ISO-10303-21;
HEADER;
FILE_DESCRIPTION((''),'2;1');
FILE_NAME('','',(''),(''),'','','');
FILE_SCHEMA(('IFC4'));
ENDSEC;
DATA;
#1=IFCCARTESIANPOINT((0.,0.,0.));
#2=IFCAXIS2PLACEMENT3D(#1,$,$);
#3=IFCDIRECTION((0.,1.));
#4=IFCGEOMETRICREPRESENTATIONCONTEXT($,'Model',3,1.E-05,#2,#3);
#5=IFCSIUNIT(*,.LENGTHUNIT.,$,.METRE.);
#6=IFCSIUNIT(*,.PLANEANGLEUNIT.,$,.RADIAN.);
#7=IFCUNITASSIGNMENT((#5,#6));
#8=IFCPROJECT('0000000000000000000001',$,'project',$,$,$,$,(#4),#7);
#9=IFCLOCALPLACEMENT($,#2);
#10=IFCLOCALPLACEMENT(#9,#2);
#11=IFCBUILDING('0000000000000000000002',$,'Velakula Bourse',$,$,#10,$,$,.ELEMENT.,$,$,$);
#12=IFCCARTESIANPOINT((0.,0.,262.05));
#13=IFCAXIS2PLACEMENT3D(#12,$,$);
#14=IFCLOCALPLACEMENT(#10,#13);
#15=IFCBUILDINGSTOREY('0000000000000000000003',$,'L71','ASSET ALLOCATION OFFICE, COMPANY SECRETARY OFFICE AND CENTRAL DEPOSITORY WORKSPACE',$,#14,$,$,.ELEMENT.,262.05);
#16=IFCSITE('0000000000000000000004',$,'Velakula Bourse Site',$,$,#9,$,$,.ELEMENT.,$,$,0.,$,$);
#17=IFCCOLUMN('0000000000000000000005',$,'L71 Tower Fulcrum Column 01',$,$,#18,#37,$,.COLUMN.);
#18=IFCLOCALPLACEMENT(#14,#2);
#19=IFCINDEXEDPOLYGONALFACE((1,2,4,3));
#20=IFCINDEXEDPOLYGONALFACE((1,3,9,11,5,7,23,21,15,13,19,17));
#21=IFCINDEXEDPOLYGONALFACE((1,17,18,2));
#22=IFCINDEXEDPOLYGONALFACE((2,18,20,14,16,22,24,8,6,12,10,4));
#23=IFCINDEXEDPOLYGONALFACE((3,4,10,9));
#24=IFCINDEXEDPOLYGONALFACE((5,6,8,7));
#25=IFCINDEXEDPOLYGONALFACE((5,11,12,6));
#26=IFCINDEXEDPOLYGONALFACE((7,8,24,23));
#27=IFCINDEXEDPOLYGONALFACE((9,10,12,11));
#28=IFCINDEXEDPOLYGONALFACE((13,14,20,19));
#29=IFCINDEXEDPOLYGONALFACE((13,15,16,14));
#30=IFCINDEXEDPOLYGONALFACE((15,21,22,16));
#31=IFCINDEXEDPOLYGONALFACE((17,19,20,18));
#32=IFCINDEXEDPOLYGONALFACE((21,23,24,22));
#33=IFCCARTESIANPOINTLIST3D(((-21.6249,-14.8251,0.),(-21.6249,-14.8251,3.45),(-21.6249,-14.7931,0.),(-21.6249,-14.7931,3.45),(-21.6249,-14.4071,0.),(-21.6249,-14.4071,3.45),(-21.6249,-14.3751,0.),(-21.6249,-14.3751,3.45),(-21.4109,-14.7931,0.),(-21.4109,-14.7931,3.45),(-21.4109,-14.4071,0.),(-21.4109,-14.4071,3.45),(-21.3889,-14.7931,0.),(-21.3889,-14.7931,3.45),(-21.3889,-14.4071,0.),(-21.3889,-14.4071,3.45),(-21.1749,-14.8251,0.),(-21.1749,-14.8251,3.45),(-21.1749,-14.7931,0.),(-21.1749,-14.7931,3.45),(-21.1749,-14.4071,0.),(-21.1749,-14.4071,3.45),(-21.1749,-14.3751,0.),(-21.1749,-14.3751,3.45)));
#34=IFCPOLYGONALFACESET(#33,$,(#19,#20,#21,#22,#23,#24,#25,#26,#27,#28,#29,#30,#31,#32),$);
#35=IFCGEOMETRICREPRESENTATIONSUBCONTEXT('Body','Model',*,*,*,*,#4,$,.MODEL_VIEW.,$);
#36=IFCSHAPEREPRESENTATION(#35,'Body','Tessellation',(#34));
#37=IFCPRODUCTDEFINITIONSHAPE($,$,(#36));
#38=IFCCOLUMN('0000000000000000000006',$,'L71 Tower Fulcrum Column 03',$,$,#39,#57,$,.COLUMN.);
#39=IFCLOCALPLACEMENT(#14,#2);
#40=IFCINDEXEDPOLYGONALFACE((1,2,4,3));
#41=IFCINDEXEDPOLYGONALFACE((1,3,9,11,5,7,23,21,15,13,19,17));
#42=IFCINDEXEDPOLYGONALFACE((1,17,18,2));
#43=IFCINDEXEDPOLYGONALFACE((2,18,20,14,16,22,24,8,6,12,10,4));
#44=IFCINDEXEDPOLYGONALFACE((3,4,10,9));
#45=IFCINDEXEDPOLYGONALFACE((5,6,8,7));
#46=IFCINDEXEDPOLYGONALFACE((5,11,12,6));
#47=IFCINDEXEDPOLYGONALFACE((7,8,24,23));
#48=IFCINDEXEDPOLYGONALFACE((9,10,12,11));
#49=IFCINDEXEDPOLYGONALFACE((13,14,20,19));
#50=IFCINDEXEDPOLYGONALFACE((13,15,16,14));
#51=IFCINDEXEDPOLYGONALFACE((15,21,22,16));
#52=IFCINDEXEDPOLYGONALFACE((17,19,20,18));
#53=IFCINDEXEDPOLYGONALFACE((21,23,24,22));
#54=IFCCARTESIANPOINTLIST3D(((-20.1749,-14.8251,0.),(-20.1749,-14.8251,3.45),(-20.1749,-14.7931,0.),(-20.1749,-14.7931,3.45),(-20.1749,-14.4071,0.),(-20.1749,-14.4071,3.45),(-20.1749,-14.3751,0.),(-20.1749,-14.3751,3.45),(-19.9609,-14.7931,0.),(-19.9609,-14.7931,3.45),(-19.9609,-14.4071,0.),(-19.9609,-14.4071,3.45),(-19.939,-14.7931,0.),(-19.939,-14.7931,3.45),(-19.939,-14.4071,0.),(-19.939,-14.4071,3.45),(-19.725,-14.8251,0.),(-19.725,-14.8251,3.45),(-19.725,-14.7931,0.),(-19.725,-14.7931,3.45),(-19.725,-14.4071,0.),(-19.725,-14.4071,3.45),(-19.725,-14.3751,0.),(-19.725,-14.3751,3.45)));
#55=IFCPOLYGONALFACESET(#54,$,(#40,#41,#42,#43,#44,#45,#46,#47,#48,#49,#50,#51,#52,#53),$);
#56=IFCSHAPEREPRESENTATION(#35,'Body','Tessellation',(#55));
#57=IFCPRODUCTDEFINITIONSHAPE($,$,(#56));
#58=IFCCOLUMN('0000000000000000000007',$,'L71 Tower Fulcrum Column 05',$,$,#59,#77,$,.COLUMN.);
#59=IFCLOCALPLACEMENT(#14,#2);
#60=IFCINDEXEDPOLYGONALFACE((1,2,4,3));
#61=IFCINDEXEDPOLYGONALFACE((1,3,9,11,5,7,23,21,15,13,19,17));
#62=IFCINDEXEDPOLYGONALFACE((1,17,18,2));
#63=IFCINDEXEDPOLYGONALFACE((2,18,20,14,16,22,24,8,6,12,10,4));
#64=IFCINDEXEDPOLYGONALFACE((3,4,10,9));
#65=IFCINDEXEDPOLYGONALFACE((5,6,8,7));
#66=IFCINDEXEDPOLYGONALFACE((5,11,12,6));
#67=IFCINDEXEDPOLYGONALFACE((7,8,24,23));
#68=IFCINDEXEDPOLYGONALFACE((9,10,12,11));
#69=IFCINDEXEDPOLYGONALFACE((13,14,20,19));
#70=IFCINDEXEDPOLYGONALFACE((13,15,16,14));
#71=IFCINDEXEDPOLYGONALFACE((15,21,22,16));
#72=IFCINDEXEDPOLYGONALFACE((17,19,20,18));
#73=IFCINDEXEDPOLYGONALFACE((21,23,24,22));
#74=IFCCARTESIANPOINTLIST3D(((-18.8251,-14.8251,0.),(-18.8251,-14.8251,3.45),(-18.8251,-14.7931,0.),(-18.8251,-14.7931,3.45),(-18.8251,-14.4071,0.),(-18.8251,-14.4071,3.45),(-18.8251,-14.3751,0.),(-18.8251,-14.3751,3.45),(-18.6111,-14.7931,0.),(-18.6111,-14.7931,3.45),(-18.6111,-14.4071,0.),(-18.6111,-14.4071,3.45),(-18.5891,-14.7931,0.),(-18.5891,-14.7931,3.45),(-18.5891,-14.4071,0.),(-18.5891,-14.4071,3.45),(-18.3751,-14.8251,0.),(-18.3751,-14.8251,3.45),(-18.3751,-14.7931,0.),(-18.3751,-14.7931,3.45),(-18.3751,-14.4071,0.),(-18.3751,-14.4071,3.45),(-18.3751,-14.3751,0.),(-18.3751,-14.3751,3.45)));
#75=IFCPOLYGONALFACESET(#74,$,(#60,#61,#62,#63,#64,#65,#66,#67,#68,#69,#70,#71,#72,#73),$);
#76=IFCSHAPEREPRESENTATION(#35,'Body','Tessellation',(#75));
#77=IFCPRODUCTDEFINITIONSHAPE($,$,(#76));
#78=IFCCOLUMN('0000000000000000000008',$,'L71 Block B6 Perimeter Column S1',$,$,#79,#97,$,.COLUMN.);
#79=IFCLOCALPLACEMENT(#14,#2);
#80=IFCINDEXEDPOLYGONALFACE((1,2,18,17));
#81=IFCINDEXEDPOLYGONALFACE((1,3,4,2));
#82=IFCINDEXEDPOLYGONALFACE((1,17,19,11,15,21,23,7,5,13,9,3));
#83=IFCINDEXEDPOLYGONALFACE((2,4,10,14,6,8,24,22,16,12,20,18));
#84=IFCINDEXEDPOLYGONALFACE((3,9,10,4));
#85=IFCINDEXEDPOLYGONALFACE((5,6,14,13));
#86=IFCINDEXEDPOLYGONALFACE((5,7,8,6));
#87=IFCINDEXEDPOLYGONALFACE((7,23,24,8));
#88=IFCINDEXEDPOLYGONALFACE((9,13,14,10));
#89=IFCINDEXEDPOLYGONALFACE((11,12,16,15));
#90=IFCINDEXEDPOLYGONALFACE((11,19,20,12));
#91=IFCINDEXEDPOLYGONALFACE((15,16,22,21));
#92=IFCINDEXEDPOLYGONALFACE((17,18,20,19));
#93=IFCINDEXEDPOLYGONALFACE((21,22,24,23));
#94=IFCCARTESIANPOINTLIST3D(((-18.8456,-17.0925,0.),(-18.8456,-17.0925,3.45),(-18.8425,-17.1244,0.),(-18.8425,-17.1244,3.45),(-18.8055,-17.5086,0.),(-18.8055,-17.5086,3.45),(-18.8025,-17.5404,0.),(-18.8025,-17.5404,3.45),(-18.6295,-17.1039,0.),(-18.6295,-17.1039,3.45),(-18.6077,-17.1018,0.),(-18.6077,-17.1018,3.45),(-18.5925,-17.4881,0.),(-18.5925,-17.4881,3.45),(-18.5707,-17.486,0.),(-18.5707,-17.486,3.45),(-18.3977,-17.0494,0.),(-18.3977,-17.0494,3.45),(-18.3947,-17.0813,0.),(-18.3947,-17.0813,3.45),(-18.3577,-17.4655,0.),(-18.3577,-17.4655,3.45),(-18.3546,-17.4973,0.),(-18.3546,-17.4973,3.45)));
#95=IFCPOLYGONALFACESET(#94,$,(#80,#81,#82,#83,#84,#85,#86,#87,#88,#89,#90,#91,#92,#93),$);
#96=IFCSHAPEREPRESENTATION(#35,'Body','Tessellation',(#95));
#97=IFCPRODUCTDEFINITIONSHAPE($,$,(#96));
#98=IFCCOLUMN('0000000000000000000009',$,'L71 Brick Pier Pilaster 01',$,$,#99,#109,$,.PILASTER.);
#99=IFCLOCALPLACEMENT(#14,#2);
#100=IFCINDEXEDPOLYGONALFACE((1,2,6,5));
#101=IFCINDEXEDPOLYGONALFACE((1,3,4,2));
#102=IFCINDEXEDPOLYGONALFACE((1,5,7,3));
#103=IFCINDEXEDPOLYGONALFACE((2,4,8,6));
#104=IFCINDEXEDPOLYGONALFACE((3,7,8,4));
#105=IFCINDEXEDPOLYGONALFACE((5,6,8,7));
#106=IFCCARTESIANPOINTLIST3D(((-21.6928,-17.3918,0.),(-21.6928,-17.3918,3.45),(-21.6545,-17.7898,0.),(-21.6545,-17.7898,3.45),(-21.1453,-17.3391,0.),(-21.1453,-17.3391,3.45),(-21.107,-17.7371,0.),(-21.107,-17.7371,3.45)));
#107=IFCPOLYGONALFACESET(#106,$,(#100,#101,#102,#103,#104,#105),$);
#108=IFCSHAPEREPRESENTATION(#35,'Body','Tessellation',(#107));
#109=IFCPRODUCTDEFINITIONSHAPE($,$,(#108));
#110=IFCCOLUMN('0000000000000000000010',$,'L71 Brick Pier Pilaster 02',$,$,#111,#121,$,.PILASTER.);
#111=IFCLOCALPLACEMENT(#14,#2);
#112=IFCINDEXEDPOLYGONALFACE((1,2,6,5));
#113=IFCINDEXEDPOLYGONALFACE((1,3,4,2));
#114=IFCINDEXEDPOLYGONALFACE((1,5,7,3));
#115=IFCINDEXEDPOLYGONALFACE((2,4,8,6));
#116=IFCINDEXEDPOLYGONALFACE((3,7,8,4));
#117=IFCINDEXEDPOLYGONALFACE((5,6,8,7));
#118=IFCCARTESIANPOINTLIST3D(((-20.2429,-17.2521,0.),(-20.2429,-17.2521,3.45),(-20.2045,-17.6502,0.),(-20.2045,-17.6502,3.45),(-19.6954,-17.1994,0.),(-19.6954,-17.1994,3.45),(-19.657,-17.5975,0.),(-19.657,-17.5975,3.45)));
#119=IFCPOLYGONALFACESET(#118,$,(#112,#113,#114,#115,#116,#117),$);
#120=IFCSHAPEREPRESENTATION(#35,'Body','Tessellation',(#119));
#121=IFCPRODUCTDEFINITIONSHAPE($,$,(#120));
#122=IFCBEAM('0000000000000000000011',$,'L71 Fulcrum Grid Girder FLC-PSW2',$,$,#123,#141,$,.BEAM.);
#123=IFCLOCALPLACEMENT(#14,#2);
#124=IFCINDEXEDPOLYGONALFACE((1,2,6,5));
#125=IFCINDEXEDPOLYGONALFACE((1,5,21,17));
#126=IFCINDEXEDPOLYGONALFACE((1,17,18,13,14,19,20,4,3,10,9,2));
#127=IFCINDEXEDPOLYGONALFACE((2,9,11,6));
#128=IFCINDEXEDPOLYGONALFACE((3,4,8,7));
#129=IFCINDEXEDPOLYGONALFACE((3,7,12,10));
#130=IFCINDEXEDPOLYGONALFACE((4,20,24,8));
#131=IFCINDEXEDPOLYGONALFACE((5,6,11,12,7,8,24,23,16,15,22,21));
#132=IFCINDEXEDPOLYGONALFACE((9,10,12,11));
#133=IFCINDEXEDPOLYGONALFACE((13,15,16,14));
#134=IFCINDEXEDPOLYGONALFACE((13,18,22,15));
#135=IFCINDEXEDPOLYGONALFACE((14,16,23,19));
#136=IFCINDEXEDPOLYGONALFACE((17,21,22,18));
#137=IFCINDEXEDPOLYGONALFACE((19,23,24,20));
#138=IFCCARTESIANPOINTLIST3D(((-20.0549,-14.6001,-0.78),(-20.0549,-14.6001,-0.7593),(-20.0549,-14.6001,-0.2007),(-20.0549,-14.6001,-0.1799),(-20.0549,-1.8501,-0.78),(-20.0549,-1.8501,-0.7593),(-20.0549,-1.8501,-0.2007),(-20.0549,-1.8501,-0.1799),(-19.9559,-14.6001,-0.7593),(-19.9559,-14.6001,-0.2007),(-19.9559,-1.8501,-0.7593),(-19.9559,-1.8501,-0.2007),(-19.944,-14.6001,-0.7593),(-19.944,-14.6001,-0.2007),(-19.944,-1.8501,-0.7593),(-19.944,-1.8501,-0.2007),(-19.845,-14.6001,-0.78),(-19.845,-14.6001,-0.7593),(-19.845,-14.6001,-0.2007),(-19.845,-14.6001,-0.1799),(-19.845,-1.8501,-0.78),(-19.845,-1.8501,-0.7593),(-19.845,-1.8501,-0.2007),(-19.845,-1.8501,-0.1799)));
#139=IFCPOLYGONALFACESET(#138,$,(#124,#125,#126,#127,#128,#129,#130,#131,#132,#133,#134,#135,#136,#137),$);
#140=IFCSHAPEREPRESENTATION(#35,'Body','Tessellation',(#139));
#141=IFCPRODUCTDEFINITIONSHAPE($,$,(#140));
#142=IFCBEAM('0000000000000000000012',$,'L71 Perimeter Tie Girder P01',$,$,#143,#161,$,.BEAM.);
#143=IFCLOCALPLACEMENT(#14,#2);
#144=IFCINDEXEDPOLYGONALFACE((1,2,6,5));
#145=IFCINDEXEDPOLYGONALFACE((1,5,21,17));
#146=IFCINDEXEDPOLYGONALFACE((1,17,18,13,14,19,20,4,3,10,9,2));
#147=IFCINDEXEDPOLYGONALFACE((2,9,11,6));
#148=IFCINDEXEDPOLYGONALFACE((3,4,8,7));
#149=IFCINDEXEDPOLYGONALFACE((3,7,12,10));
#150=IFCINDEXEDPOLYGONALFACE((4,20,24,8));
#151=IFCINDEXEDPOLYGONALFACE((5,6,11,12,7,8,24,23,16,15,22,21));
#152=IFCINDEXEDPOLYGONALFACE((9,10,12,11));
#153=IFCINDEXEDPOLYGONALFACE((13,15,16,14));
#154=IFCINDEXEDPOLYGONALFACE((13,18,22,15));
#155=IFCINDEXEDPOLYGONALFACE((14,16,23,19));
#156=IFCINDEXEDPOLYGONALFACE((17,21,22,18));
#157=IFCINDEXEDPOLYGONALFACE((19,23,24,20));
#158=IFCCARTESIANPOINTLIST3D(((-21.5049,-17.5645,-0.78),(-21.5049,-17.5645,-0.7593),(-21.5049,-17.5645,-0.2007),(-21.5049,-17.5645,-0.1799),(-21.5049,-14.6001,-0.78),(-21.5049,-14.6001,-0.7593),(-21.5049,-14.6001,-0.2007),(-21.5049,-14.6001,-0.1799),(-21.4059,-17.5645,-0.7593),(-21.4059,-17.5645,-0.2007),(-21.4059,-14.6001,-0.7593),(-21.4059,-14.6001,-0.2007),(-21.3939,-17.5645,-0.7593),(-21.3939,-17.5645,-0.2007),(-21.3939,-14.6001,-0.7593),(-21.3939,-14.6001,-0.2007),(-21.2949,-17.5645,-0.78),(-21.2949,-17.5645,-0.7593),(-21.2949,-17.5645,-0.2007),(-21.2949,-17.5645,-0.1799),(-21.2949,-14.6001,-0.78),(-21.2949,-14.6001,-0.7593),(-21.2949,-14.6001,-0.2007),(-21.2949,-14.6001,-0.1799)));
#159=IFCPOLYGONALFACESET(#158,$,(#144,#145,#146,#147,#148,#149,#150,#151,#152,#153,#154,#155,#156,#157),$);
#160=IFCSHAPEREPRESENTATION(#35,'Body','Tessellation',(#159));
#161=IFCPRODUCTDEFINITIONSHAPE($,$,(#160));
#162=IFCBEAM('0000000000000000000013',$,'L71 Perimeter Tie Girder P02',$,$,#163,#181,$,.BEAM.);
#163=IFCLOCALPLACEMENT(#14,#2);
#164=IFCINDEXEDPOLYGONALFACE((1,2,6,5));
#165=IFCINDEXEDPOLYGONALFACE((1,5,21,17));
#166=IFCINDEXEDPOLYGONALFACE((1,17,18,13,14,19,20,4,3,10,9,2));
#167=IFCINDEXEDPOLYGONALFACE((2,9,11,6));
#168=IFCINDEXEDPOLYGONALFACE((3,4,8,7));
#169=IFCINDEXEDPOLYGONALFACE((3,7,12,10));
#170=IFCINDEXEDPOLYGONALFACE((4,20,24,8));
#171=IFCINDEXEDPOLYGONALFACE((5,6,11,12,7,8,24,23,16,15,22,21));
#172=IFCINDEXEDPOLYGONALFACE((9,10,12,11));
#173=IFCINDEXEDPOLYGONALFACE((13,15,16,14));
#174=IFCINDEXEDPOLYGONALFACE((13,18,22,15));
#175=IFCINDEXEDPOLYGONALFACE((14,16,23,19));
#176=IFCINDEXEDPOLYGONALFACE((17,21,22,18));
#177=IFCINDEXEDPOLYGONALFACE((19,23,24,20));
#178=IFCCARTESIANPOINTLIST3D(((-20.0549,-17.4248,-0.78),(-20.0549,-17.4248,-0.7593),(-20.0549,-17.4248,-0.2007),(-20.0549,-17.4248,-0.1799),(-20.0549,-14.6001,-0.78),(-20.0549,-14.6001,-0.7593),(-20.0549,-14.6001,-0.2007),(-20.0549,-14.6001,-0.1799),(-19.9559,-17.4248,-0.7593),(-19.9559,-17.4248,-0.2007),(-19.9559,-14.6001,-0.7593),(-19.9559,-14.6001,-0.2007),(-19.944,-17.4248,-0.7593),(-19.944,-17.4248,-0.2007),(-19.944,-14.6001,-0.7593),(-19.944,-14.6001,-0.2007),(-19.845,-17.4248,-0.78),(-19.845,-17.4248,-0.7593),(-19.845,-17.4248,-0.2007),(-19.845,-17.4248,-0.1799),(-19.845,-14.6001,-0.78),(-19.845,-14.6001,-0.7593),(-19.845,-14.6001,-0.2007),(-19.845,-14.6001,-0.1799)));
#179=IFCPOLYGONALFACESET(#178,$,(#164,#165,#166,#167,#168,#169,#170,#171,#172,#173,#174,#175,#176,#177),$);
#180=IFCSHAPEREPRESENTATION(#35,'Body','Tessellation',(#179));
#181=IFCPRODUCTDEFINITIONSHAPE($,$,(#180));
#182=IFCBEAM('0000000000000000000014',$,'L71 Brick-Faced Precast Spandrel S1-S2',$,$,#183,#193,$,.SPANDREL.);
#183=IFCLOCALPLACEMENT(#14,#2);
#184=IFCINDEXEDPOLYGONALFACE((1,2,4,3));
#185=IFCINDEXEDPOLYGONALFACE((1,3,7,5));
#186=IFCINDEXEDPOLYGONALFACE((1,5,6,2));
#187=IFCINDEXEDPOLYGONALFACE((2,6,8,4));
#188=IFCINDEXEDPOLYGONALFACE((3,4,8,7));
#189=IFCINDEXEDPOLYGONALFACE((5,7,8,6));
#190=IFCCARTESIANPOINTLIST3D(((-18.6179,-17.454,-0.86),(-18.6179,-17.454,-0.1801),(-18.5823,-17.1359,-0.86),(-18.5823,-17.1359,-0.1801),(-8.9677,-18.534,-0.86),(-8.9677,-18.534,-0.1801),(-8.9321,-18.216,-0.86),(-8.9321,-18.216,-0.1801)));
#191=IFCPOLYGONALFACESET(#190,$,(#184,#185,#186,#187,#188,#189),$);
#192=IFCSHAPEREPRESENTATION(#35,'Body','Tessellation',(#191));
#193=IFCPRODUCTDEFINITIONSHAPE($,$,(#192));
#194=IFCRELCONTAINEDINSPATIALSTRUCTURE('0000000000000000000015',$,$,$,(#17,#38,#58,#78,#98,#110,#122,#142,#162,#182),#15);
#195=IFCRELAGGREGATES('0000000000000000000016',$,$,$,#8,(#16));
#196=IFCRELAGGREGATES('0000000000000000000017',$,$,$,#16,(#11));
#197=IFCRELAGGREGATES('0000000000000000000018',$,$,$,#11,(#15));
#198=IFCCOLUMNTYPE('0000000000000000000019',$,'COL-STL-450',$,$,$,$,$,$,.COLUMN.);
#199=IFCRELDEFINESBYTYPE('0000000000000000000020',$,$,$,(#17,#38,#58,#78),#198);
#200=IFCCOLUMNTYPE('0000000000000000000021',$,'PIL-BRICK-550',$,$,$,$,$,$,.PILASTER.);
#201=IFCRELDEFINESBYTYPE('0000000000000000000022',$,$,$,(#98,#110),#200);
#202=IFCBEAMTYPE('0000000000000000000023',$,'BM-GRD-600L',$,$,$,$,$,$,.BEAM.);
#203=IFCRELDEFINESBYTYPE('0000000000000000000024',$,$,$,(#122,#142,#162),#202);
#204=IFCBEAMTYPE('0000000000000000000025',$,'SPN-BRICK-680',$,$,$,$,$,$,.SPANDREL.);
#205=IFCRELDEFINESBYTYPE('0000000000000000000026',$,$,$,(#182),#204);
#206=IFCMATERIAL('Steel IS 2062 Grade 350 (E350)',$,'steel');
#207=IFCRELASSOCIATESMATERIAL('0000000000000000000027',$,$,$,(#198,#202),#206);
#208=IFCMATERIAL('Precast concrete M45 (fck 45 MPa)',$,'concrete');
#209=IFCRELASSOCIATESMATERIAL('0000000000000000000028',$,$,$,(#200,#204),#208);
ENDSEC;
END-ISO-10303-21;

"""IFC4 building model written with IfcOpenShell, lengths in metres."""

from ifc_helpers import new_model, si_unit, direction, frame, origin, origin_2d, place, context, subcontext, project, spatial, rectangle, i_section, extrude, material, material_profile, profile_set, type_object, element, save


model = new_model("IFC4")

# Units and contexts
model_context = context("Model", 3, precision=1e-05, world=origin(), true_north=direction((0.0, 1.0)))
body_context = subcontext(model_context, "Body", "Model", "MODEL_VIEW")
ifc_project = project(units=[si_unit("LENGTHUNIT", "METRE"), si_unit("PLANEANGLEUNIT", "RADIAN")], contexts=[model_context])

# Site, building, storey
site_placement = place(None, origin())
site = spatial("IfcSite", under=ifc_project, at=site_placement, Name="Velakula Bourse Site", CompositionType="ELEMENT", RefElevation=0.0)
building_placement = place(site_placement, origin())
building = spatial("IfcBuilding", under=site, at=building_placement, Name="Velakula Bourse", CompositionType="ELEMENT")
storey_placement = place(building_placement, frame((0.0, 0.0, 262.05)))
storey = spatial("IfcBuildingStorey", under=building, at=storey_placement, Name="L71", Description="ASSET ALLOCATION OFFICE, COMPANY SECRETARY OFFICE AND CENTRAL DEPOSITORY WORKSPACE", CompositionType="ELEMENT", Elevation=262.05)

# Columns
ifc_material_1 = material(Name="Steel IS 2062 Grade 350 (E350)", Category="steel")
ifc_material_profile_1 = material_profile(ifc_material_1, i_section(OverallWidth=0.45, OverallDepth=0.45, WebThickness=0.022, FlangeThickness=0.032, at=origin_2d()), Name="Steel IS 2062 Grade 350 (E350)")
ifc_profile_set_1 = profile_set([ifc_material_profile_1], Name="Steel IS 2062 Grade 350 (E350)")
column_type_1 = type_object("IfcColumnType", Name="COL-STL-450", PredefinedType="COLUMN", material=ifc_profile_set_1)
for number, where, z_axis, x_axis, name in (
    (1, (-21.3999, -14.6001, 0.0), (0.0, 0.0, 1.0), (1.0, 0.0, 0.0), "L71 Tower Fulcrum Column 01"),
    (2, (-19.95, -14.6001, 0.0), (0.0, 0.0, 1.0), (1.0, 0.0, 0.0), "L71 Tower Fulcrum Column 03"),
    (3, (-18.6001, -14.6001, 0.0), (0.0, 0.0, 1.0), (1.0, 0.0, 0.0), "L71 Tower Fulcrum Column 05"),
    (4, (-18.6001, -17.2949, 0.0), (0.0, 0.0, 1.0), (0.995396, 0.095846, 0.0), "L71 Block B6 Perimeter Column S1"),
):
    element("IfcColumn", number, at=place(storey_placement, frame(where, z_axis=z_axis, x_axis=x_axis)), inside=storey, type_object=column_type_1, Name=name, PredefinedType="COLUMN", context=body_context, shape_type="SweptSolid", body=[
        extrude(i_section(OverallWidth=0.45, OverallDepth=0.45, WebThickness=0.022, FlangeThickness=0.032, at=origin_2d()), origin(), (0.0, 0.0, 1.0), 3.45),
    ])
ifc_material_2 = material(Name="Precast concrete M45 (fck 45 MPa)", Category="concrete")
ifc_material_profile_2 = material_profile(ifc_material_2, rectangle(XDim=0.55, YDim=0.3999, at=origin_2d()), Name="Precast concrete M45 (fck 45 MPa)")
ifc_profile_set_2 = profile_set([ifc_material_profile_2], Name="Precast concrete M45 (fck 45 MPa)")
column_type_2 = type_object("IfcColumnType", Name="PIL-BRICK-550", PredefinedType="PILASTER", material=ifc_profile_set_2)
for number, where, z_axis, x_axis, name in (
    (5, (-21.3999, -17.5645, 0.0), (0.0, 0.0, 1.0), (0.995396, 0.095846, 0.0), "L71 Brick Pier Pilaster 01"),
    (6, (-19.95, -17.4248, 0.0), (0.0, 0.0, 1.0), (0.995396, 0.095846, 0.0), "L71 Brick Pier Pilaster 02"),
):
    element("IfcColumn", number, at=place(storey_placement, frame(where, z_axis=z_axis, x_axis=x_axis)), inside=storey, type_object=column_type_2, Name=name, PredefinedType="PILASTER", context=body_context, shape_type="SweptSolid", body=[
        extrude(rectangle(XDim=0.55, YDim=0.3999, at=origin_2d()), origin(), (0.0, 0.0, 1.0), 3.45),
    ])

# Beams
ifc_material_profile_3 = material_profile(ifc_material_1, i_section(OverallWidth=0.21, OverallDepth=0.6001, WebThickness=0.012, FlangeThickness=0.0208, at=origin_2d()), Name="Steel IS 2062 Grade 350 (E350)")
ifc_profile_set_3 = profile_set([ifc_material_profile_3], Name="Steel IS 2062 Grade 350 (E350)")
beam_type_1 = type_object("IfcBeamType", Name="BM-GRD-600L", PredefinedType="BEAM", material=ifc_profile_set_3)
beam_1_placement = place(storey_placement, frame((-19.95, -14.6001, -0.48), z_axis=(0.0, 1.0, 0.0), x_axis=(-1.0, 0.0, 0.0)))
element("IfcBeam", 7, at=beam_1_placement, inside=storey, type_object=beam_type_1, Name="L71 Fulcrum Grid Girder FLC-PSW2", PredefinedType="BEAM", context=body_context, shape_type="SweptSolid", body=[
    extrude(i_section(OverallWidth=0.21, OverallDepth=0.6001, WebThickness=0.012, FlangeThickness=0.0208, at=origin_2d()), origin(), (0.0, 0.0, 1.0), 12.75),
])
beam_2_placement = place(storey_placement, frame((-21.3999, -14.6001, -0.48), z_axis=(0.0, -1.0, 0.0), x_axis=(1.0, 0.0, 0.0)))
element("IfcBeam", 8, at=beam_2_placement, inside=storey, type_object=beam_type_1, Name="L71 Perimeter Tie Girder P01", PredefinedType="BEAM", context=body_context, shape_type="SweptSolid", body=[
    extrude(i_section(OverallWidth=0.21, OverallDepth=0.6001, WebThickness=0.012, FlangeThickness=0.0208, at=origin_2d()), origin(), (0.0, 0.0, 1.0), 2.9644),
])
beam_3_placement = place(storey_placement, frame((-19.95, -14.6001, -0.48), z_axis=(0.0, -1.0, 0.0), x_axis=(1.0, 0.0, 0.0)))
element("IfcBeam", 9, at=beam_3_placement, inside=storey, type_object=beam_type_1, Name="L71 Perimeter Tie Girder P02", PredefinedType="BEAM", context=body_context, shape_type="SweptSolid", body=[
    extrude(i_section(OverallWidth=0.21, OverallDepth=0.6001, WebThickness=0.012, FlangeThickness=0.0208, at=origin_2d()), origin(), (0.0, 0.0, 1.0), 2.8247),
])
ifc_material_profile_4 = material_profile(ifc_material_2, rectangle(XDim=0.3201, YDim=0.6799, at=origin_2d()), Name="Precast concrete M45 (fck 45 MPa)")
ifc_profile_set_4 = profile_set([ifc_material_profile_4], Name="Precast concrete M45 (fck 45 MPa)")
beam_type_2 = type_object("IfcBeamType", Name="SPN-BRICK-680", PredefinedType="SPANDREL", material=ifc_profile_set_4)
beam_4_placement = place(storey_placement, frame((-18.6001, -17.2949, -0.52), z_axis=(0.993795, -0.111229, 0.0), x_axis=(0.111229, 0.993795, 0.0)))
element("IfcBeam", 10, at=beam_4_placement, inside=storey, type_object=beam_type_2, Name="L71 Brick-Faced Precast Spandrel S1-S2", PredefinedType="SPANDREL", context=body_context, shape_type="SweptSolid", body=[
    extrude(rectangle(XDim=0.3201, YDim=0.6799, at=origin_2d()), origin(), (0.0, 0.0, 1.0), 9.7104),
])

save(model, "model.ifc")
